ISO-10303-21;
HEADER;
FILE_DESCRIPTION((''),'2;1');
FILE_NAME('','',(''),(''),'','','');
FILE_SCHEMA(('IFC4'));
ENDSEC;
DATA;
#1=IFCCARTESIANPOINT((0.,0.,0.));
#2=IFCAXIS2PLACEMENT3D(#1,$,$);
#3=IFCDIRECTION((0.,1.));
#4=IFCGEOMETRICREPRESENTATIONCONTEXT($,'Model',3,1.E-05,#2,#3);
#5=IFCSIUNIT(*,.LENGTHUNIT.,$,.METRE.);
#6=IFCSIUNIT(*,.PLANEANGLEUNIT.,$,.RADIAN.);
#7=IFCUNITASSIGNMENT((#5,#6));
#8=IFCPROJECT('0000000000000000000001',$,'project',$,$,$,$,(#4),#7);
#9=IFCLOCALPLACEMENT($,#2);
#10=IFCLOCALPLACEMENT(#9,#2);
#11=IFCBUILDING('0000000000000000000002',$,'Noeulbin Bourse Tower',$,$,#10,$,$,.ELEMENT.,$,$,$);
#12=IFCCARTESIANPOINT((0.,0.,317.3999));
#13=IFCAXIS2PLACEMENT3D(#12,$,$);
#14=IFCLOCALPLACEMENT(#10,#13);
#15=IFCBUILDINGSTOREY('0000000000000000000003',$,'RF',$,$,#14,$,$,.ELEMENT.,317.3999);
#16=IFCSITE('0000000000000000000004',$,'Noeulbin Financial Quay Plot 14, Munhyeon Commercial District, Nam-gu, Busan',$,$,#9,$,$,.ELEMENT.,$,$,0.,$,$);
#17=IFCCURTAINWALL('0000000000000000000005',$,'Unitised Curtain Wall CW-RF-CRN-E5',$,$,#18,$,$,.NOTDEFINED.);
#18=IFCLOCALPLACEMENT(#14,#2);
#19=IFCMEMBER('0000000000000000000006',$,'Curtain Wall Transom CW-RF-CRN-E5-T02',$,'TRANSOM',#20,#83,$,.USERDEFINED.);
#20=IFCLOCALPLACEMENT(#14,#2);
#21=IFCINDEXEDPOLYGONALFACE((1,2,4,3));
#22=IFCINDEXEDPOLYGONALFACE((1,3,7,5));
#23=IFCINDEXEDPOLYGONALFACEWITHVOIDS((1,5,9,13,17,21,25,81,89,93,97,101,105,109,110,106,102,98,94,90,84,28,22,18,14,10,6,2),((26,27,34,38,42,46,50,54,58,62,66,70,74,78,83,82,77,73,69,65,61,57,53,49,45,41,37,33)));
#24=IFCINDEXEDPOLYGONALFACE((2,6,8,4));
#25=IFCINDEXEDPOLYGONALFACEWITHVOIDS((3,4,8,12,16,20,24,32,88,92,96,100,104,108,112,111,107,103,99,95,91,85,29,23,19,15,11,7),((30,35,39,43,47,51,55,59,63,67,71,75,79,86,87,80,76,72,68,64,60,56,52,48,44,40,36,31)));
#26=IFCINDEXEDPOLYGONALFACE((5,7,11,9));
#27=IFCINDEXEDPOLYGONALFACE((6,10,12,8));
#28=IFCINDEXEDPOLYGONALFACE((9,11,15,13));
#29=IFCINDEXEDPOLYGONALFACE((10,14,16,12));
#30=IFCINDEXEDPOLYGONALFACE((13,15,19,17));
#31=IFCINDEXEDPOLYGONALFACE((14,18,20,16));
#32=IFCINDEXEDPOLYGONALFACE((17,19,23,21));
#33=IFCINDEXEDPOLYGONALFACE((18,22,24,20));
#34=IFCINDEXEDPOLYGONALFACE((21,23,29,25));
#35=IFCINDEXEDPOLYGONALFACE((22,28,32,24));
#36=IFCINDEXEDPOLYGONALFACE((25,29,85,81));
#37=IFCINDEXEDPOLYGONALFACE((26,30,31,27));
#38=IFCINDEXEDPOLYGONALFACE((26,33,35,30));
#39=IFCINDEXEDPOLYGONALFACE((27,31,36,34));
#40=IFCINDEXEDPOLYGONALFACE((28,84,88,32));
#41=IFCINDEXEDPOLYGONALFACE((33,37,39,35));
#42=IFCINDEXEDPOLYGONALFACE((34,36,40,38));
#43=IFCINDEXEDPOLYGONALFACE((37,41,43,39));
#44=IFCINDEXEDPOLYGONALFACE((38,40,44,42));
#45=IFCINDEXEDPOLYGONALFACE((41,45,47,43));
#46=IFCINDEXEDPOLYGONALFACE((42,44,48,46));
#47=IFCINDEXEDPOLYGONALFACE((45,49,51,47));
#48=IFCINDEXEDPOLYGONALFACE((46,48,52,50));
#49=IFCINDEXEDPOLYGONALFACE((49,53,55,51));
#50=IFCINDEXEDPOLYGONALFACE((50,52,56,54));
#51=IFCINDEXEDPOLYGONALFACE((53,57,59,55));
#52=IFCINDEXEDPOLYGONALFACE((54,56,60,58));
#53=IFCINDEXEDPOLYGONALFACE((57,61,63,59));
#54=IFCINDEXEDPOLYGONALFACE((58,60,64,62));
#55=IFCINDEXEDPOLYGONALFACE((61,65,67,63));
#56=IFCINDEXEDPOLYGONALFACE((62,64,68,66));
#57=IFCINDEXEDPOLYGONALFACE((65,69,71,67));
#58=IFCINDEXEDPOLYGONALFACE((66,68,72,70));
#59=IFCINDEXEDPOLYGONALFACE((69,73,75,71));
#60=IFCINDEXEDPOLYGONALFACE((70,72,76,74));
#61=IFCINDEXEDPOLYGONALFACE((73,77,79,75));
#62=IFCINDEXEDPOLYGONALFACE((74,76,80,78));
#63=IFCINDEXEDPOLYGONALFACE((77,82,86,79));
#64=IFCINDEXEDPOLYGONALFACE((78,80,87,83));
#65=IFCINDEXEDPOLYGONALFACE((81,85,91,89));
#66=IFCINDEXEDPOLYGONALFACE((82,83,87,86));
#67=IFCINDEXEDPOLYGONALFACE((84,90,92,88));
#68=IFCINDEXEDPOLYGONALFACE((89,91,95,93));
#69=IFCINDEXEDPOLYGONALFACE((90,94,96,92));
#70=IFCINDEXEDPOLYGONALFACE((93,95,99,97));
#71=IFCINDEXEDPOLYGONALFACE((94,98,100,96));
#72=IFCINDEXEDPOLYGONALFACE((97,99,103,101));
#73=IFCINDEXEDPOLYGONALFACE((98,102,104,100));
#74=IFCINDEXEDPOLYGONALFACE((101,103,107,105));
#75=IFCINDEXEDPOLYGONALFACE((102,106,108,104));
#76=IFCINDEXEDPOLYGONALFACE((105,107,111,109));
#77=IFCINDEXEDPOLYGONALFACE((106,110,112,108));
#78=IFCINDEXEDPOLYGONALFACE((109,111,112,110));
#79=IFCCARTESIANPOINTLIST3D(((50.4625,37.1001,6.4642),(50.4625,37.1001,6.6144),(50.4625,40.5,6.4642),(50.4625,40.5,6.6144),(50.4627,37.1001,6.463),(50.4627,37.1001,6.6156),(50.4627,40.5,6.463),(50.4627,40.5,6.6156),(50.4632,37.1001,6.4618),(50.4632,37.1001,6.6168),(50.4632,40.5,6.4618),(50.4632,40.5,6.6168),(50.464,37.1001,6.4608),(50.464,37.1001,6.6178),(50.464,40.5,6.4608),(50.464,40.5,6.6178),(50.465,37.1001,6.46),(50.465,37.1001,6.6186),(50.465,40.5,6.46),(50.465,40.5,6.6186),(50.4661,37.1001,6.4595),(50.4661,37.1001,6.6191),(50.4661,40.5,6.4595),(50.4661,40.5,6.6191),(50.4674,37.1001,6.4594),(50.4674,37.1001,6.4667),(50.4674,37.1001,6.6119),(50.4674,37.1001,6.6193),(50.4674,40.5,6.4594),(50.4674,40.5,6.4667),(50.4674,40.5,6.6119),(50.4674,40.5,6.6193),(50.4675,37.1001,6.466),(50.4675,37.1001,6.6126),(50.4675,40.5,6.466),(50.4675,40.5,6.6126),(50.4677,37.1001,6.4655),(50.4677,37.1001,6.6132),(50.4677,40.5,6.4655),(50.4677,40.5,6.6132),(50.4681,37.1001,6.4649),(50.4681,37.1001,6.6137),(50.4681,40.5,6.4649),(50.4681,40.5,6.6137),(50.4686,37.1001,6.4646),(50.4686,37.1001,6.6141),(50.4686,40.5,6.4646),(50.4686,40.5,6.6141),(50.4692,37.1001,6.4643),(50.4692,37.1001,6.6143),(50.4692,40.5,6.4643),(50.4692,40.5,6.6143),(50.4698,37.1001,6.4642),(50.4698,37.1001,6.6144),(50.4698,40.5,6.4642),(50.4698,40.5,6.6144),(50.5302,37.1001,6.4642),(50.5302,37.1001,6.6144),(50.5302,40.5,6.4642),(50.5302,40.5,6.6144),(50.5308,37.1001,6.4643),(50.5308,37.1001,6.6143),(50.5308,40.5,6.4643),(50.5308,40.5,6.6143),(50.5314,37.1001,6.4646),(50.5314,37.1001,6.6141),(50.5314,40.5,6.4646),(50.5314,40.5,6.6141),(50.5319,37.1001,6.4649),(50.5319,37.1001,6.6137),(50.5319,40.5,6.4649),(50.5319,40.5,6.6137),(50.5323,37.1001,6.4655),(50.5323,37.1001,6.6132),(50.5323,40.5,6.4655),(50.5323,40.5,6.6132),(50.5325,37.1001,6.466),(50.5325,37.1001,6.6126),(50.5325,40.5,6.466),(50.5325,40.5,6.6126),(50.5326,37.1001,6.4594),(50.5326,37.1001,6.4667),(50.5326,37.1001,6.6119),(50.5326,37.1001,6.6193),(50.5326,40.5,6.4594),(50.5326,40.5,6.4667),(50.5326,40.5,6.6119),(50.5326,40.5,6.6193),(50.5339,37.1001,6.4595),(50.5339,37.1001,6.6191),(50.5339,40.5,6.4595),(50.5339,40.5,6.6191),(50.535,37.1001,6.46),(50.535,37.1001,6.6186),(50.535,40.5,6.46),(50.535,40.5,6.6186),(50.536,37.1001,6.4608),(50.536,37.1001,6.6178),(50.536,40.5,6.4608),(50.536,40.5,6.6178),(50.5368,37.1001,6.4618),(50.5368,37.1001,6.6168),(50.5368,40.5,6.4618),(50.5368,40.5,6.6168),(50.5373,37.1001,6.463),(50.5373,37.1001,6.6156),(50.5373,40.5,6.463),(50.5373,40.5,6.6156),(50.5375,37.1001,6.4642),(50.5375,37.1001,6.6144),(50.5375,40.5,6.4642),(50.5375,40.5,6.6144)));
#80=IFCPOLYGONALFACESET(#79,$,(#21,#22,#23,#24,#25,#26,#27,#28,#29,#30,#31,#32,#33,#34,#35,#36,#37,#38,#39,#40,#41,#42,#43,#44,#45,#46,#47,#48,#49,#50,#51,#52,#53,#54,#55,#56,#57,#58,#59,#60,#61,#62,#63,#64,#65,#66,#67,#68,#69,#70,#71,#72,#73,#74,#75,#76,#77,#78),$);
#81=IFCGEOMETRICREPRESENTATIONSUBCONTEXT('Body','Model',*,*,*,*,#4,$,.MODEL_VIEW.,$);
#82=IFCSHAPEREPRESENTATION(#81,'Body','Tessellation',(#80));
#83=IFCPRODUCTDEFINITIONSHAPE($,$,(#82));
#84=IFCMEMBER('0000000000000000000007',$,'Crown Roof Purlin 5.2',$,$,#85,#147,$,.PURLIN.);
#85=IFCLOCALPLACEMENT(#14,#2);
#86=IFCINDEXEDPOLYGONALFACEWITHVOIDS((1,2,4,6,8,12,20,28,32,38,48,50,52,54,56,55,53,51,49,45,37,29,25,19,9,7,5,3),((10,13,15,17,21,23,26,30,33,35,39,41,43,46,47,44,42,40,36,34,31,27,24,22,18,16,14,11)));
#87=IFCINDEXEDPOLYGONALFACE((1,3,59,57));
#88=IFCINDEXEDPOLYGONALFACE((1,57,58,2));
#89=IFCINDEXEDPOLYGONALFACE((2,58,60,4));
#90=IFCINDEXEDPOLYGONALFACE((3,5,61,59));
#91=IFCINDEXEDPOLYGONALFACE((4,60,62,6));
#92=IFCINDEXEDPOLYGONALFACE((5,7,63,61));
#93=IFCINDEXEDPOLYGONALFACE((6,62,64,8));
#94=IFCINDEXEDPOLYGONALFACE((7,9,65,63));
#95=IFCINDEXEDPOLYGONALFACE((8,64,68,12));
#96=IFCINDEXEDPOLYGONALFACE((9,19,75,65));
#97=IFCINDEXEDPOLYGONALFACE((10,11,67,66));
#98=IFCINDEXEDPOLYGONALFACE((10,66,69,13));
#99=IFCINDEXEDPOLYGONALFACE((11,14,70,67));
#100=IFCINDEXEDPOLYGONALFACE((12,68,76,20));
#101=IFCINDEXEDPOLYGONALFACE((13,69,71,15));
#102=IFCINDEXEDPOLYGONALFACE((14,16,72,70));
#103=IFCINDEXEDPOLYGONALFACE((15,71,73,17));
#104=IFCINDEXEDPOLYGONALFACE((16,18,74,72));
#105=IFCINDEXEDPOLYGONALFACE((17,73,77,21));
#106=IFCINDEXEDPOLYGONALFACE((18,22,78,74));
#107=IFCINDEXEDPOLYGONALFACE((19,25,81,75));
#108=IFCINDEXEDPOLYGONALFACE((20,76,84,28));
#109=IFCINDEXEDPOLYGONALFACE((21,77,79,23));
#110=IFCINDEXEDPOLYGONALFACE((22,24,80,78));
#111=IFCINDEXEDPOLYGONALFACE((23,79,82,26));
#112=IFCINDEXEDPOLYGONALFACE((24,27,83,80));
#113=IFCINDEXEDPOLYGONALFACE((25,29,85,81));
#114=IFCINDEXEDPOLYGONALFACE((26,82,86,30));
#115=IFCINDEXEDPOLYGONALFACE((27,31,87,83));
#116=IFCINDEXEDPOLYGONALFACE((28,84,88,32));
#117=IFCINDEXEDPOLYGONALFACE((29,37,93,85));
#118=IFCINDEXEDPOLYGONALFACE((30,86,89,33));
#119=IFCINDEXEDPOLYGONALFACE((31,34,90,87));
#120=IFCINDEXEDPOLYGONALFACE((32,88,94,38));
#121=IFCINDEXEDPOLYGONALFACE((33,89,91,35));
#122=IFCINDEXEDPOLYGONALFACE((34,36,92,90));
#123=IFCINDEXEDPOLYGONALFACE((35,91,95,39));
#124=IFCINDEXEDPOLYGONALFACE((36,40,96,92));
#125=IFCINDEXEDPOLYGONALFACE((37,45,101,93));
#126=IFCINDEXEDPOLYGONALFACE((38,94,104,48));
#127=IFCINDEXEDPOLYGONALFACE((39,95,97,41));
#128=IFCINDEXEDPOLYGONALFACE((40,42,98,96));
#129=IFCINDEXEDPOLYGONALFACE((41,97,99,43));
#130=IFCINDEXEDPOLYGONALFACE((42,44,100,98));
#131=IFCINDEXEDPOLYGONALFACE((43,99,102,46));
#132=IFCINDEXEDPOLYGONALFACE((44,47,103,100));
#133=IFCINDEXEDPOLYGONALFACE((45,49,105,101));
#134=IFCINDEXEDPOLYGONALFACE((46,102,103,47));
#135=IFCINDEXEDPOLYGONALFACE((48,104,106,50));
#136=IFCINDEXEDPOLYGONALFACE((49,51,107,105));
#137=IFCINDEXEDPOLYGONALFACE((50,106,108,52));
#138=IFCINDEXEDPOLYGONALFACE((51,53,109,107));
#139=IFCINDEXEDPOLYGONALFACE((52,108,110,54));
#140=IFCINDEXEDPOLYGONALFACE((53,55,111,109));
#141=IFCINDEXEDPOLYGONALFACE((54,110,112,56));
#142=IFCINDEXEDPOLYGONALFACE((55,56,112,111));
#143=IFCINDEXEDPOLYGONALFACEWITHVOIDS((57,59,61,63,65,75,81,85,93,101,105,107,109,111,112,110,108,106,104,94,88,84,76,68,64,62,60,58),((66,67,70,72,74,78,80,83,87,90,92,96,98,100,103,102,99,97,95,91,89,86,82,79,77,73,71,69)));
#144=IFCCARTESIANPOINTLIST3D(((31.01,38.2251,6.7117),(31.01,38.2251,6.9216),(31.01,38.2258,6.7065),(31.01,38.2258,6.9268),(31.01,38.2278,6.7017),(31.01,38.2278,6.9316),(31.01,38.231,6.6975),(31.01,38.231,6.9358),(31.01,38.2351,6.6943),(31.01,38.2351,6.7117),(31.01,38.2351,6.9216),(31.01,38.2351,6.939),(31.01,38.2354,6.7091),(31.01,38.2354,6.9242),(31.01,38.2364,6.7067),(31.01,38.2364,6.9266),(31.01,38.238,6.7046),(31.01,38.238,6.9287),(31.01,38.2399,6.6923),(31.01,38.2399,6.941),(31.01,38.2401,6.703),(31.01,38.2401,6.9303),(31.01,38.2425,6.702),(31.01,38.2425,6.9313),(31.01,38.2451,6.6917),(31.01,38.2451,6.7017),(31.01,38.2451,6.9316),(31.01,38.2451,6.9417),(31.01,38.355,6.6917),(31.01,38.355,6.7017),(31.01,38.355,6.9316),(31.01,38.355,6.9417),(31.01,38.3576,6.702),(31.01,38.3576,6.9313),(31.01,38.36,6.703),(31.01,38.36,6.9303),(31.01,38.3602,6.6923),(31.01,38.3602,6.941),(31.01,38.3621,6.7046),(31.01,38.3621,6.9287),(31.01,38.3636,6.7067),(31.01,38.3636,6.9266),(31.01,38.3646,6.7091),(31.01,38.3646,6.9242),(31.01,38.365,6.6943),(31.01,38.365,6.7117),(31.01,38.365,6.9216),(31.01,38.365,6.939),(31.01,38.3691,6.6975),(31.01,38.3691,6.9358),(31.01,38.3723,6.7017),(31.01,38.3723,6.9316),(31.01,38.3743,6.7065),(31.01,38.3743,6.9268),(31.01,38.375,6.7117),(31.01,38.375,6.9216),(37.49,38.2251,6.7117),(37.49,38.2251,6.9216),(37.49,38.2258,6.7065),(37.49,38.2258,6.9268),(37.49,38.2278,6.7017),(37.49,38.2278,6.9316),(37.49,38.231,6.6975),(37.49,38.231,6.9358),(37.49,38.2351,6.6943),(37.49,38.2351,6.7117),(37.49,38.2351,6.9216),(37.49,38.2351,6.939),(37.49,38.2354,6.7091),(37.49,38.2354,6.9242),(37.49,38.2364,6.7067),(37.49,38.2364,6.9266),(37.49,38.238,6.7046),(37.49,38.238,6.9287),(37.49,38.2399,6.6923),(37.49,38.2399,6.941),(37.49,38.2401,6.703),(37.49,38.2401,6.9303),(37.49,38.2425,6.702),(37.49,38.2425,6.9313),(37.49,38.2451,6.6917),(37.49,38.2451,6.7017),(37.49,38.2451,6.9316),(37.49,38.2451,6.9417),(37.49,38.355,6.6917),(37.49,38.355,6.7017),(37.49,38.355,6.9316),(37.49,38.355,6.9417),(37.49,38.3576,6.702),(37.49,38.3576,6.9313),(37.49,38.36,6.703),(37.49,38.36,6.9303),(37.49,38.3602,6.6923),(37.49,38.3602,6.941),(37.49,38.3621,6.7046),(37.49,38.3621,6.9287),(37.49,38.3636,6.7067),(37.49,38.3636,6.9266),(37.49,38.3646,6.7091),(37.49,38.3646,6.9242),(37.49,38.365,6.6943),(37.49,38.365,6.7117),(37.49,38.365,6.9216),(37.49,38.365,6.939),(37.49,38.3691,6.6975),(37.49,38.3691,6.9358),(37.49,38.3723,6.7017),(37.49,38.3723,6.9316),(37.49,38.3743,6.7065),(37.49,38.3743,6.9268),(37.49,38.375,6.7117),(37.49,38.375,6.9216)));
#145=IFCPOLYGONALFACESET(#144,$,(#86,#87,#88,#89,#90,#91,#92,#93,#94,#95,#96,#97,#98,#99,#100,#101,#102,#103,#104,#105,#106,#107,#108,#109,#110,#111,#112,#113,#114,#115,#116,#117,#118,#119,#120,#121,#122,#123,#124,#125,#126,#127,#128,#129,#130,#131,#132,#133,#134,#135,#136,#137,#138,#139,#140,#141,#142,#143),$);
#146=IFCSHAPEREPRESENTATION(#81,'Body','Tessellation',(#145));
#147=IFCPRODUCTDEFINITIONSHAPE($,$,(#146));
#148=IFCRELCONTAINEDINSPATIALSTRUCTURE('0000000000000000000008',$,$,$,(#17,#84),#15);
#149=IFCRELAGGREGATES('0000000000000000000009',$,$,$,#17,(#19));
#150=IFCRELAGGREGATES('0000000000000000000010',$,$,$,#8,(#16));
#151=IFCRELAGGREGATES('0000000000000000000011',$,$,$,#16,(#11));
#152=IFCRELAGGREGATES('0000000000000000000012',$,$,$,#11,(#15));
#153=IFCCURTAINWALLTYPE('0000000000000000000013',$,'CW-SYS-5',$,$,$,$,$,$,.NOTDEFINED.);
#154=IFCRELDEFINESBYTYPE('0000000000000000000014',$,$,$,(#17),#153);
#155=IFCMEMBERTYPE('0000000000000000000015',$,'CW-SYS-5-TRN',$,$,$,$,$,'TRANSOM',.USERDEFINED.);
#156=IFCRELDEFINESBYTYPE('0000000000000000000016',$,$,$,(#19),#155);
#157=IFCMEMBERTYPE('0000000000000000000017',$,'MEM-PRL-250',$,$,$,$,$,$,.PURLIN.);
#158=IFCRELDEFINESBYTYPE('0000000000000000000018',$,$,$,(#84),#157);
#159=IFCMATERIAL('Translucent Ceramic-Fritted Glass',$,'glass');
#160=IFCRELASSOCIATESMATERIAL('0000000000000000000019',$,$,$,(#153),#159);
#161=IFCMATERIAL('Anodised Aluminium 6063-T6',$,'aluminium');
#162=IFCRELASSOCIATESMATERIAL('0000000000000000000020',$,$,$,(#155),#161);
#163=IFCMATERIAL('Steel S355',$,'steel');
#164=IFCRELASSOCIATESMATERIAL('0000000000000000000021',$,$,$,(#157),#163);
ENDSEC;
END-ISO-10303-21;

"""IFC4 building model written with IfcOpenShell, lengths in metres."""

from ifc_helpers import new_model, si_unit, direction, frame, origin, origin_2d, place, context, subcontext, project, spatial, hollow_rectangle, extrude, material, material_profile, profile_set, type_object, element, aggregate, save


model = new_model("IFC4")

# Units and contexts
model_context = context("Model", 3, precision=1e-05, world=origin(), true_north=direction((0.0, 1.0)))
body_context = subcontext(model_context, "Body", "Model", "MODEL_VIEW")
ifc_project = project(units=[si_unit("LENGTHUNIT", "METRE"), si_unit("PLANEANGLEUNIT", "RADIAN")], contexts=[model_context])

# Site, building, storey
site_placement = place(None, origin())
site = spatial("IfcSite", under=ifc_project, at=site_placement, Name="Noeulbin Financial Quay Plot 14, Munhyeon Commercial District, Nam-gu, Busan", CompositionType="ELEMENT", RefElevation=0.0)
building_placement = place(site_placement, origin())
building = spatial("IfcBuilding", under=site, at=building_placement, Name="Noeulbin Bourse Tower", CompositionType="ELEMENT")
storey_placement = place(building_placement, frame((0.0, 0.0, 317.3999)))
storey = spatial("IfcBuildingStorey", under=building, at=storey_placement, Name="RF", CompositionType="ELEMENT", Elevation=317.3999)

# Shared definitions
ifc_material_1 = material(Name="Steel S355", Category="steel")

# Curtain wall, member
ifc_material_2 = material(Name="Translucent Ceramic-Fritted Glass", Category="glass")
curtain_wall_type = type_object("IfcCurtainWallType", Name="CW-SYS-5", PredefinedType="NOTDEFINED", material=ifc_material_2)
ifc_material_3 = material(Name="Anodised Aluminium 6063-T6", Category="aluminium")
curtain_wall_1_placement = place(storey_placement, origin())
curtain_wall_1 = element("IfcCurtainWall", 1, at=curtain_wall_1_placement, inside=storey, type_object=curtain_wall_type, Name="Unitised Curtain Wall CW-RF-CRN-E5", PredefinedType="NOTDEFINED")
ifc_material_profile_1 = material_profile(ifc_material_3, hollow_rectangle(XDim=0.075, YDim=0.1599, WallThickness=0.0049, InnerFilletRadius=0.0024, OuterFilletRadius=0.0049, at=origin_2d()), Name="ALU-TRAN-75x160x5", Category="LoadBearing")
ifc_profile_set_1 = profile_set([ifc_material_profile_1], Name="Anodised Aluminium 6063-T6")
member_type_1 = type_object("IfcMemberType", Name="CW-SYS-5-TRN", ElementType="TRANSOM", PredefinedType="USERDEFINED", material=ifc_profile_set_1)
member_1_placement = place(storey_placement, frame((50.5, 37.1001, 6.5393), z_axis=(0.0, 1.0, 0.0), x_axis=(-1.0, 0.0, 0.0)))
member_1 = element("IfcMember", 2, at=member_1_placement, type_object=member_type_1, Name="Curtain Wall Transom CW-RF-CRN-E5-T02", ObjectType="TRANSOM", PredefinedType="USERDEFINED", context=body_context, shape_type="SweptSolid", body=[
    extrude(hollow_rectangle(XDim=0.075, YDim=0.1599, WallThickness=0.0049, InnerFilletRadius=0.0024, OuterFilletRadius=0.0049, at=origin_2d()), origin(), (0.0, 0.0, 1.0), 3.3999),
])

# Member
ifc_material_profile_2 = material_profile(ifc_material_1, hollow_rectangle(XDim=0.1499, YDim=0.25, WallThickness=0.01, InnerFilletRadius=0.01, OuterFilletRadius=0.02, at=origin_2d()), Name="RHS-250x150x10", Category="LoadBearing")
ifc_profile_set_2 = profile_set([ifc_material_profile_2], Name="Steel S355")
member_type_2 = type_object("IfcMemberType", Name="MEM-PRL-250", PredefinedType="PURLIN", material=ifc_profile_set_2)
for number, where, z_axis, x_axis, name in (
    (3, (31.01, 38.3, 6.8167), (1.0, 0.0, 0.0), (0.0, 1.0, 0.0), "Crown Roof Purlin 5.2"),
):
    element("IfcMember", number, at=place(storey_placement, frame(where, z_axis=z_axis, x_axis=x_axis)), inside=storey, type_object=member_type_2, Name=name, PredefinedType="PURLIN", context=body_context, shape_type="SweptSolid", body=[
        extrude(hollow_rectangle(XDim=0.1499, YDim=0.25, WallThickness=0.01, InnerFilletRadius=0.01, OuterFilletRadius=0.02, at=origin_2d()), origin(), (0.0, 0.0, 1.0), 6.48),
    ])

aggregate(curtain_wall_1, [member_1])

save(model, "model.ifc")
